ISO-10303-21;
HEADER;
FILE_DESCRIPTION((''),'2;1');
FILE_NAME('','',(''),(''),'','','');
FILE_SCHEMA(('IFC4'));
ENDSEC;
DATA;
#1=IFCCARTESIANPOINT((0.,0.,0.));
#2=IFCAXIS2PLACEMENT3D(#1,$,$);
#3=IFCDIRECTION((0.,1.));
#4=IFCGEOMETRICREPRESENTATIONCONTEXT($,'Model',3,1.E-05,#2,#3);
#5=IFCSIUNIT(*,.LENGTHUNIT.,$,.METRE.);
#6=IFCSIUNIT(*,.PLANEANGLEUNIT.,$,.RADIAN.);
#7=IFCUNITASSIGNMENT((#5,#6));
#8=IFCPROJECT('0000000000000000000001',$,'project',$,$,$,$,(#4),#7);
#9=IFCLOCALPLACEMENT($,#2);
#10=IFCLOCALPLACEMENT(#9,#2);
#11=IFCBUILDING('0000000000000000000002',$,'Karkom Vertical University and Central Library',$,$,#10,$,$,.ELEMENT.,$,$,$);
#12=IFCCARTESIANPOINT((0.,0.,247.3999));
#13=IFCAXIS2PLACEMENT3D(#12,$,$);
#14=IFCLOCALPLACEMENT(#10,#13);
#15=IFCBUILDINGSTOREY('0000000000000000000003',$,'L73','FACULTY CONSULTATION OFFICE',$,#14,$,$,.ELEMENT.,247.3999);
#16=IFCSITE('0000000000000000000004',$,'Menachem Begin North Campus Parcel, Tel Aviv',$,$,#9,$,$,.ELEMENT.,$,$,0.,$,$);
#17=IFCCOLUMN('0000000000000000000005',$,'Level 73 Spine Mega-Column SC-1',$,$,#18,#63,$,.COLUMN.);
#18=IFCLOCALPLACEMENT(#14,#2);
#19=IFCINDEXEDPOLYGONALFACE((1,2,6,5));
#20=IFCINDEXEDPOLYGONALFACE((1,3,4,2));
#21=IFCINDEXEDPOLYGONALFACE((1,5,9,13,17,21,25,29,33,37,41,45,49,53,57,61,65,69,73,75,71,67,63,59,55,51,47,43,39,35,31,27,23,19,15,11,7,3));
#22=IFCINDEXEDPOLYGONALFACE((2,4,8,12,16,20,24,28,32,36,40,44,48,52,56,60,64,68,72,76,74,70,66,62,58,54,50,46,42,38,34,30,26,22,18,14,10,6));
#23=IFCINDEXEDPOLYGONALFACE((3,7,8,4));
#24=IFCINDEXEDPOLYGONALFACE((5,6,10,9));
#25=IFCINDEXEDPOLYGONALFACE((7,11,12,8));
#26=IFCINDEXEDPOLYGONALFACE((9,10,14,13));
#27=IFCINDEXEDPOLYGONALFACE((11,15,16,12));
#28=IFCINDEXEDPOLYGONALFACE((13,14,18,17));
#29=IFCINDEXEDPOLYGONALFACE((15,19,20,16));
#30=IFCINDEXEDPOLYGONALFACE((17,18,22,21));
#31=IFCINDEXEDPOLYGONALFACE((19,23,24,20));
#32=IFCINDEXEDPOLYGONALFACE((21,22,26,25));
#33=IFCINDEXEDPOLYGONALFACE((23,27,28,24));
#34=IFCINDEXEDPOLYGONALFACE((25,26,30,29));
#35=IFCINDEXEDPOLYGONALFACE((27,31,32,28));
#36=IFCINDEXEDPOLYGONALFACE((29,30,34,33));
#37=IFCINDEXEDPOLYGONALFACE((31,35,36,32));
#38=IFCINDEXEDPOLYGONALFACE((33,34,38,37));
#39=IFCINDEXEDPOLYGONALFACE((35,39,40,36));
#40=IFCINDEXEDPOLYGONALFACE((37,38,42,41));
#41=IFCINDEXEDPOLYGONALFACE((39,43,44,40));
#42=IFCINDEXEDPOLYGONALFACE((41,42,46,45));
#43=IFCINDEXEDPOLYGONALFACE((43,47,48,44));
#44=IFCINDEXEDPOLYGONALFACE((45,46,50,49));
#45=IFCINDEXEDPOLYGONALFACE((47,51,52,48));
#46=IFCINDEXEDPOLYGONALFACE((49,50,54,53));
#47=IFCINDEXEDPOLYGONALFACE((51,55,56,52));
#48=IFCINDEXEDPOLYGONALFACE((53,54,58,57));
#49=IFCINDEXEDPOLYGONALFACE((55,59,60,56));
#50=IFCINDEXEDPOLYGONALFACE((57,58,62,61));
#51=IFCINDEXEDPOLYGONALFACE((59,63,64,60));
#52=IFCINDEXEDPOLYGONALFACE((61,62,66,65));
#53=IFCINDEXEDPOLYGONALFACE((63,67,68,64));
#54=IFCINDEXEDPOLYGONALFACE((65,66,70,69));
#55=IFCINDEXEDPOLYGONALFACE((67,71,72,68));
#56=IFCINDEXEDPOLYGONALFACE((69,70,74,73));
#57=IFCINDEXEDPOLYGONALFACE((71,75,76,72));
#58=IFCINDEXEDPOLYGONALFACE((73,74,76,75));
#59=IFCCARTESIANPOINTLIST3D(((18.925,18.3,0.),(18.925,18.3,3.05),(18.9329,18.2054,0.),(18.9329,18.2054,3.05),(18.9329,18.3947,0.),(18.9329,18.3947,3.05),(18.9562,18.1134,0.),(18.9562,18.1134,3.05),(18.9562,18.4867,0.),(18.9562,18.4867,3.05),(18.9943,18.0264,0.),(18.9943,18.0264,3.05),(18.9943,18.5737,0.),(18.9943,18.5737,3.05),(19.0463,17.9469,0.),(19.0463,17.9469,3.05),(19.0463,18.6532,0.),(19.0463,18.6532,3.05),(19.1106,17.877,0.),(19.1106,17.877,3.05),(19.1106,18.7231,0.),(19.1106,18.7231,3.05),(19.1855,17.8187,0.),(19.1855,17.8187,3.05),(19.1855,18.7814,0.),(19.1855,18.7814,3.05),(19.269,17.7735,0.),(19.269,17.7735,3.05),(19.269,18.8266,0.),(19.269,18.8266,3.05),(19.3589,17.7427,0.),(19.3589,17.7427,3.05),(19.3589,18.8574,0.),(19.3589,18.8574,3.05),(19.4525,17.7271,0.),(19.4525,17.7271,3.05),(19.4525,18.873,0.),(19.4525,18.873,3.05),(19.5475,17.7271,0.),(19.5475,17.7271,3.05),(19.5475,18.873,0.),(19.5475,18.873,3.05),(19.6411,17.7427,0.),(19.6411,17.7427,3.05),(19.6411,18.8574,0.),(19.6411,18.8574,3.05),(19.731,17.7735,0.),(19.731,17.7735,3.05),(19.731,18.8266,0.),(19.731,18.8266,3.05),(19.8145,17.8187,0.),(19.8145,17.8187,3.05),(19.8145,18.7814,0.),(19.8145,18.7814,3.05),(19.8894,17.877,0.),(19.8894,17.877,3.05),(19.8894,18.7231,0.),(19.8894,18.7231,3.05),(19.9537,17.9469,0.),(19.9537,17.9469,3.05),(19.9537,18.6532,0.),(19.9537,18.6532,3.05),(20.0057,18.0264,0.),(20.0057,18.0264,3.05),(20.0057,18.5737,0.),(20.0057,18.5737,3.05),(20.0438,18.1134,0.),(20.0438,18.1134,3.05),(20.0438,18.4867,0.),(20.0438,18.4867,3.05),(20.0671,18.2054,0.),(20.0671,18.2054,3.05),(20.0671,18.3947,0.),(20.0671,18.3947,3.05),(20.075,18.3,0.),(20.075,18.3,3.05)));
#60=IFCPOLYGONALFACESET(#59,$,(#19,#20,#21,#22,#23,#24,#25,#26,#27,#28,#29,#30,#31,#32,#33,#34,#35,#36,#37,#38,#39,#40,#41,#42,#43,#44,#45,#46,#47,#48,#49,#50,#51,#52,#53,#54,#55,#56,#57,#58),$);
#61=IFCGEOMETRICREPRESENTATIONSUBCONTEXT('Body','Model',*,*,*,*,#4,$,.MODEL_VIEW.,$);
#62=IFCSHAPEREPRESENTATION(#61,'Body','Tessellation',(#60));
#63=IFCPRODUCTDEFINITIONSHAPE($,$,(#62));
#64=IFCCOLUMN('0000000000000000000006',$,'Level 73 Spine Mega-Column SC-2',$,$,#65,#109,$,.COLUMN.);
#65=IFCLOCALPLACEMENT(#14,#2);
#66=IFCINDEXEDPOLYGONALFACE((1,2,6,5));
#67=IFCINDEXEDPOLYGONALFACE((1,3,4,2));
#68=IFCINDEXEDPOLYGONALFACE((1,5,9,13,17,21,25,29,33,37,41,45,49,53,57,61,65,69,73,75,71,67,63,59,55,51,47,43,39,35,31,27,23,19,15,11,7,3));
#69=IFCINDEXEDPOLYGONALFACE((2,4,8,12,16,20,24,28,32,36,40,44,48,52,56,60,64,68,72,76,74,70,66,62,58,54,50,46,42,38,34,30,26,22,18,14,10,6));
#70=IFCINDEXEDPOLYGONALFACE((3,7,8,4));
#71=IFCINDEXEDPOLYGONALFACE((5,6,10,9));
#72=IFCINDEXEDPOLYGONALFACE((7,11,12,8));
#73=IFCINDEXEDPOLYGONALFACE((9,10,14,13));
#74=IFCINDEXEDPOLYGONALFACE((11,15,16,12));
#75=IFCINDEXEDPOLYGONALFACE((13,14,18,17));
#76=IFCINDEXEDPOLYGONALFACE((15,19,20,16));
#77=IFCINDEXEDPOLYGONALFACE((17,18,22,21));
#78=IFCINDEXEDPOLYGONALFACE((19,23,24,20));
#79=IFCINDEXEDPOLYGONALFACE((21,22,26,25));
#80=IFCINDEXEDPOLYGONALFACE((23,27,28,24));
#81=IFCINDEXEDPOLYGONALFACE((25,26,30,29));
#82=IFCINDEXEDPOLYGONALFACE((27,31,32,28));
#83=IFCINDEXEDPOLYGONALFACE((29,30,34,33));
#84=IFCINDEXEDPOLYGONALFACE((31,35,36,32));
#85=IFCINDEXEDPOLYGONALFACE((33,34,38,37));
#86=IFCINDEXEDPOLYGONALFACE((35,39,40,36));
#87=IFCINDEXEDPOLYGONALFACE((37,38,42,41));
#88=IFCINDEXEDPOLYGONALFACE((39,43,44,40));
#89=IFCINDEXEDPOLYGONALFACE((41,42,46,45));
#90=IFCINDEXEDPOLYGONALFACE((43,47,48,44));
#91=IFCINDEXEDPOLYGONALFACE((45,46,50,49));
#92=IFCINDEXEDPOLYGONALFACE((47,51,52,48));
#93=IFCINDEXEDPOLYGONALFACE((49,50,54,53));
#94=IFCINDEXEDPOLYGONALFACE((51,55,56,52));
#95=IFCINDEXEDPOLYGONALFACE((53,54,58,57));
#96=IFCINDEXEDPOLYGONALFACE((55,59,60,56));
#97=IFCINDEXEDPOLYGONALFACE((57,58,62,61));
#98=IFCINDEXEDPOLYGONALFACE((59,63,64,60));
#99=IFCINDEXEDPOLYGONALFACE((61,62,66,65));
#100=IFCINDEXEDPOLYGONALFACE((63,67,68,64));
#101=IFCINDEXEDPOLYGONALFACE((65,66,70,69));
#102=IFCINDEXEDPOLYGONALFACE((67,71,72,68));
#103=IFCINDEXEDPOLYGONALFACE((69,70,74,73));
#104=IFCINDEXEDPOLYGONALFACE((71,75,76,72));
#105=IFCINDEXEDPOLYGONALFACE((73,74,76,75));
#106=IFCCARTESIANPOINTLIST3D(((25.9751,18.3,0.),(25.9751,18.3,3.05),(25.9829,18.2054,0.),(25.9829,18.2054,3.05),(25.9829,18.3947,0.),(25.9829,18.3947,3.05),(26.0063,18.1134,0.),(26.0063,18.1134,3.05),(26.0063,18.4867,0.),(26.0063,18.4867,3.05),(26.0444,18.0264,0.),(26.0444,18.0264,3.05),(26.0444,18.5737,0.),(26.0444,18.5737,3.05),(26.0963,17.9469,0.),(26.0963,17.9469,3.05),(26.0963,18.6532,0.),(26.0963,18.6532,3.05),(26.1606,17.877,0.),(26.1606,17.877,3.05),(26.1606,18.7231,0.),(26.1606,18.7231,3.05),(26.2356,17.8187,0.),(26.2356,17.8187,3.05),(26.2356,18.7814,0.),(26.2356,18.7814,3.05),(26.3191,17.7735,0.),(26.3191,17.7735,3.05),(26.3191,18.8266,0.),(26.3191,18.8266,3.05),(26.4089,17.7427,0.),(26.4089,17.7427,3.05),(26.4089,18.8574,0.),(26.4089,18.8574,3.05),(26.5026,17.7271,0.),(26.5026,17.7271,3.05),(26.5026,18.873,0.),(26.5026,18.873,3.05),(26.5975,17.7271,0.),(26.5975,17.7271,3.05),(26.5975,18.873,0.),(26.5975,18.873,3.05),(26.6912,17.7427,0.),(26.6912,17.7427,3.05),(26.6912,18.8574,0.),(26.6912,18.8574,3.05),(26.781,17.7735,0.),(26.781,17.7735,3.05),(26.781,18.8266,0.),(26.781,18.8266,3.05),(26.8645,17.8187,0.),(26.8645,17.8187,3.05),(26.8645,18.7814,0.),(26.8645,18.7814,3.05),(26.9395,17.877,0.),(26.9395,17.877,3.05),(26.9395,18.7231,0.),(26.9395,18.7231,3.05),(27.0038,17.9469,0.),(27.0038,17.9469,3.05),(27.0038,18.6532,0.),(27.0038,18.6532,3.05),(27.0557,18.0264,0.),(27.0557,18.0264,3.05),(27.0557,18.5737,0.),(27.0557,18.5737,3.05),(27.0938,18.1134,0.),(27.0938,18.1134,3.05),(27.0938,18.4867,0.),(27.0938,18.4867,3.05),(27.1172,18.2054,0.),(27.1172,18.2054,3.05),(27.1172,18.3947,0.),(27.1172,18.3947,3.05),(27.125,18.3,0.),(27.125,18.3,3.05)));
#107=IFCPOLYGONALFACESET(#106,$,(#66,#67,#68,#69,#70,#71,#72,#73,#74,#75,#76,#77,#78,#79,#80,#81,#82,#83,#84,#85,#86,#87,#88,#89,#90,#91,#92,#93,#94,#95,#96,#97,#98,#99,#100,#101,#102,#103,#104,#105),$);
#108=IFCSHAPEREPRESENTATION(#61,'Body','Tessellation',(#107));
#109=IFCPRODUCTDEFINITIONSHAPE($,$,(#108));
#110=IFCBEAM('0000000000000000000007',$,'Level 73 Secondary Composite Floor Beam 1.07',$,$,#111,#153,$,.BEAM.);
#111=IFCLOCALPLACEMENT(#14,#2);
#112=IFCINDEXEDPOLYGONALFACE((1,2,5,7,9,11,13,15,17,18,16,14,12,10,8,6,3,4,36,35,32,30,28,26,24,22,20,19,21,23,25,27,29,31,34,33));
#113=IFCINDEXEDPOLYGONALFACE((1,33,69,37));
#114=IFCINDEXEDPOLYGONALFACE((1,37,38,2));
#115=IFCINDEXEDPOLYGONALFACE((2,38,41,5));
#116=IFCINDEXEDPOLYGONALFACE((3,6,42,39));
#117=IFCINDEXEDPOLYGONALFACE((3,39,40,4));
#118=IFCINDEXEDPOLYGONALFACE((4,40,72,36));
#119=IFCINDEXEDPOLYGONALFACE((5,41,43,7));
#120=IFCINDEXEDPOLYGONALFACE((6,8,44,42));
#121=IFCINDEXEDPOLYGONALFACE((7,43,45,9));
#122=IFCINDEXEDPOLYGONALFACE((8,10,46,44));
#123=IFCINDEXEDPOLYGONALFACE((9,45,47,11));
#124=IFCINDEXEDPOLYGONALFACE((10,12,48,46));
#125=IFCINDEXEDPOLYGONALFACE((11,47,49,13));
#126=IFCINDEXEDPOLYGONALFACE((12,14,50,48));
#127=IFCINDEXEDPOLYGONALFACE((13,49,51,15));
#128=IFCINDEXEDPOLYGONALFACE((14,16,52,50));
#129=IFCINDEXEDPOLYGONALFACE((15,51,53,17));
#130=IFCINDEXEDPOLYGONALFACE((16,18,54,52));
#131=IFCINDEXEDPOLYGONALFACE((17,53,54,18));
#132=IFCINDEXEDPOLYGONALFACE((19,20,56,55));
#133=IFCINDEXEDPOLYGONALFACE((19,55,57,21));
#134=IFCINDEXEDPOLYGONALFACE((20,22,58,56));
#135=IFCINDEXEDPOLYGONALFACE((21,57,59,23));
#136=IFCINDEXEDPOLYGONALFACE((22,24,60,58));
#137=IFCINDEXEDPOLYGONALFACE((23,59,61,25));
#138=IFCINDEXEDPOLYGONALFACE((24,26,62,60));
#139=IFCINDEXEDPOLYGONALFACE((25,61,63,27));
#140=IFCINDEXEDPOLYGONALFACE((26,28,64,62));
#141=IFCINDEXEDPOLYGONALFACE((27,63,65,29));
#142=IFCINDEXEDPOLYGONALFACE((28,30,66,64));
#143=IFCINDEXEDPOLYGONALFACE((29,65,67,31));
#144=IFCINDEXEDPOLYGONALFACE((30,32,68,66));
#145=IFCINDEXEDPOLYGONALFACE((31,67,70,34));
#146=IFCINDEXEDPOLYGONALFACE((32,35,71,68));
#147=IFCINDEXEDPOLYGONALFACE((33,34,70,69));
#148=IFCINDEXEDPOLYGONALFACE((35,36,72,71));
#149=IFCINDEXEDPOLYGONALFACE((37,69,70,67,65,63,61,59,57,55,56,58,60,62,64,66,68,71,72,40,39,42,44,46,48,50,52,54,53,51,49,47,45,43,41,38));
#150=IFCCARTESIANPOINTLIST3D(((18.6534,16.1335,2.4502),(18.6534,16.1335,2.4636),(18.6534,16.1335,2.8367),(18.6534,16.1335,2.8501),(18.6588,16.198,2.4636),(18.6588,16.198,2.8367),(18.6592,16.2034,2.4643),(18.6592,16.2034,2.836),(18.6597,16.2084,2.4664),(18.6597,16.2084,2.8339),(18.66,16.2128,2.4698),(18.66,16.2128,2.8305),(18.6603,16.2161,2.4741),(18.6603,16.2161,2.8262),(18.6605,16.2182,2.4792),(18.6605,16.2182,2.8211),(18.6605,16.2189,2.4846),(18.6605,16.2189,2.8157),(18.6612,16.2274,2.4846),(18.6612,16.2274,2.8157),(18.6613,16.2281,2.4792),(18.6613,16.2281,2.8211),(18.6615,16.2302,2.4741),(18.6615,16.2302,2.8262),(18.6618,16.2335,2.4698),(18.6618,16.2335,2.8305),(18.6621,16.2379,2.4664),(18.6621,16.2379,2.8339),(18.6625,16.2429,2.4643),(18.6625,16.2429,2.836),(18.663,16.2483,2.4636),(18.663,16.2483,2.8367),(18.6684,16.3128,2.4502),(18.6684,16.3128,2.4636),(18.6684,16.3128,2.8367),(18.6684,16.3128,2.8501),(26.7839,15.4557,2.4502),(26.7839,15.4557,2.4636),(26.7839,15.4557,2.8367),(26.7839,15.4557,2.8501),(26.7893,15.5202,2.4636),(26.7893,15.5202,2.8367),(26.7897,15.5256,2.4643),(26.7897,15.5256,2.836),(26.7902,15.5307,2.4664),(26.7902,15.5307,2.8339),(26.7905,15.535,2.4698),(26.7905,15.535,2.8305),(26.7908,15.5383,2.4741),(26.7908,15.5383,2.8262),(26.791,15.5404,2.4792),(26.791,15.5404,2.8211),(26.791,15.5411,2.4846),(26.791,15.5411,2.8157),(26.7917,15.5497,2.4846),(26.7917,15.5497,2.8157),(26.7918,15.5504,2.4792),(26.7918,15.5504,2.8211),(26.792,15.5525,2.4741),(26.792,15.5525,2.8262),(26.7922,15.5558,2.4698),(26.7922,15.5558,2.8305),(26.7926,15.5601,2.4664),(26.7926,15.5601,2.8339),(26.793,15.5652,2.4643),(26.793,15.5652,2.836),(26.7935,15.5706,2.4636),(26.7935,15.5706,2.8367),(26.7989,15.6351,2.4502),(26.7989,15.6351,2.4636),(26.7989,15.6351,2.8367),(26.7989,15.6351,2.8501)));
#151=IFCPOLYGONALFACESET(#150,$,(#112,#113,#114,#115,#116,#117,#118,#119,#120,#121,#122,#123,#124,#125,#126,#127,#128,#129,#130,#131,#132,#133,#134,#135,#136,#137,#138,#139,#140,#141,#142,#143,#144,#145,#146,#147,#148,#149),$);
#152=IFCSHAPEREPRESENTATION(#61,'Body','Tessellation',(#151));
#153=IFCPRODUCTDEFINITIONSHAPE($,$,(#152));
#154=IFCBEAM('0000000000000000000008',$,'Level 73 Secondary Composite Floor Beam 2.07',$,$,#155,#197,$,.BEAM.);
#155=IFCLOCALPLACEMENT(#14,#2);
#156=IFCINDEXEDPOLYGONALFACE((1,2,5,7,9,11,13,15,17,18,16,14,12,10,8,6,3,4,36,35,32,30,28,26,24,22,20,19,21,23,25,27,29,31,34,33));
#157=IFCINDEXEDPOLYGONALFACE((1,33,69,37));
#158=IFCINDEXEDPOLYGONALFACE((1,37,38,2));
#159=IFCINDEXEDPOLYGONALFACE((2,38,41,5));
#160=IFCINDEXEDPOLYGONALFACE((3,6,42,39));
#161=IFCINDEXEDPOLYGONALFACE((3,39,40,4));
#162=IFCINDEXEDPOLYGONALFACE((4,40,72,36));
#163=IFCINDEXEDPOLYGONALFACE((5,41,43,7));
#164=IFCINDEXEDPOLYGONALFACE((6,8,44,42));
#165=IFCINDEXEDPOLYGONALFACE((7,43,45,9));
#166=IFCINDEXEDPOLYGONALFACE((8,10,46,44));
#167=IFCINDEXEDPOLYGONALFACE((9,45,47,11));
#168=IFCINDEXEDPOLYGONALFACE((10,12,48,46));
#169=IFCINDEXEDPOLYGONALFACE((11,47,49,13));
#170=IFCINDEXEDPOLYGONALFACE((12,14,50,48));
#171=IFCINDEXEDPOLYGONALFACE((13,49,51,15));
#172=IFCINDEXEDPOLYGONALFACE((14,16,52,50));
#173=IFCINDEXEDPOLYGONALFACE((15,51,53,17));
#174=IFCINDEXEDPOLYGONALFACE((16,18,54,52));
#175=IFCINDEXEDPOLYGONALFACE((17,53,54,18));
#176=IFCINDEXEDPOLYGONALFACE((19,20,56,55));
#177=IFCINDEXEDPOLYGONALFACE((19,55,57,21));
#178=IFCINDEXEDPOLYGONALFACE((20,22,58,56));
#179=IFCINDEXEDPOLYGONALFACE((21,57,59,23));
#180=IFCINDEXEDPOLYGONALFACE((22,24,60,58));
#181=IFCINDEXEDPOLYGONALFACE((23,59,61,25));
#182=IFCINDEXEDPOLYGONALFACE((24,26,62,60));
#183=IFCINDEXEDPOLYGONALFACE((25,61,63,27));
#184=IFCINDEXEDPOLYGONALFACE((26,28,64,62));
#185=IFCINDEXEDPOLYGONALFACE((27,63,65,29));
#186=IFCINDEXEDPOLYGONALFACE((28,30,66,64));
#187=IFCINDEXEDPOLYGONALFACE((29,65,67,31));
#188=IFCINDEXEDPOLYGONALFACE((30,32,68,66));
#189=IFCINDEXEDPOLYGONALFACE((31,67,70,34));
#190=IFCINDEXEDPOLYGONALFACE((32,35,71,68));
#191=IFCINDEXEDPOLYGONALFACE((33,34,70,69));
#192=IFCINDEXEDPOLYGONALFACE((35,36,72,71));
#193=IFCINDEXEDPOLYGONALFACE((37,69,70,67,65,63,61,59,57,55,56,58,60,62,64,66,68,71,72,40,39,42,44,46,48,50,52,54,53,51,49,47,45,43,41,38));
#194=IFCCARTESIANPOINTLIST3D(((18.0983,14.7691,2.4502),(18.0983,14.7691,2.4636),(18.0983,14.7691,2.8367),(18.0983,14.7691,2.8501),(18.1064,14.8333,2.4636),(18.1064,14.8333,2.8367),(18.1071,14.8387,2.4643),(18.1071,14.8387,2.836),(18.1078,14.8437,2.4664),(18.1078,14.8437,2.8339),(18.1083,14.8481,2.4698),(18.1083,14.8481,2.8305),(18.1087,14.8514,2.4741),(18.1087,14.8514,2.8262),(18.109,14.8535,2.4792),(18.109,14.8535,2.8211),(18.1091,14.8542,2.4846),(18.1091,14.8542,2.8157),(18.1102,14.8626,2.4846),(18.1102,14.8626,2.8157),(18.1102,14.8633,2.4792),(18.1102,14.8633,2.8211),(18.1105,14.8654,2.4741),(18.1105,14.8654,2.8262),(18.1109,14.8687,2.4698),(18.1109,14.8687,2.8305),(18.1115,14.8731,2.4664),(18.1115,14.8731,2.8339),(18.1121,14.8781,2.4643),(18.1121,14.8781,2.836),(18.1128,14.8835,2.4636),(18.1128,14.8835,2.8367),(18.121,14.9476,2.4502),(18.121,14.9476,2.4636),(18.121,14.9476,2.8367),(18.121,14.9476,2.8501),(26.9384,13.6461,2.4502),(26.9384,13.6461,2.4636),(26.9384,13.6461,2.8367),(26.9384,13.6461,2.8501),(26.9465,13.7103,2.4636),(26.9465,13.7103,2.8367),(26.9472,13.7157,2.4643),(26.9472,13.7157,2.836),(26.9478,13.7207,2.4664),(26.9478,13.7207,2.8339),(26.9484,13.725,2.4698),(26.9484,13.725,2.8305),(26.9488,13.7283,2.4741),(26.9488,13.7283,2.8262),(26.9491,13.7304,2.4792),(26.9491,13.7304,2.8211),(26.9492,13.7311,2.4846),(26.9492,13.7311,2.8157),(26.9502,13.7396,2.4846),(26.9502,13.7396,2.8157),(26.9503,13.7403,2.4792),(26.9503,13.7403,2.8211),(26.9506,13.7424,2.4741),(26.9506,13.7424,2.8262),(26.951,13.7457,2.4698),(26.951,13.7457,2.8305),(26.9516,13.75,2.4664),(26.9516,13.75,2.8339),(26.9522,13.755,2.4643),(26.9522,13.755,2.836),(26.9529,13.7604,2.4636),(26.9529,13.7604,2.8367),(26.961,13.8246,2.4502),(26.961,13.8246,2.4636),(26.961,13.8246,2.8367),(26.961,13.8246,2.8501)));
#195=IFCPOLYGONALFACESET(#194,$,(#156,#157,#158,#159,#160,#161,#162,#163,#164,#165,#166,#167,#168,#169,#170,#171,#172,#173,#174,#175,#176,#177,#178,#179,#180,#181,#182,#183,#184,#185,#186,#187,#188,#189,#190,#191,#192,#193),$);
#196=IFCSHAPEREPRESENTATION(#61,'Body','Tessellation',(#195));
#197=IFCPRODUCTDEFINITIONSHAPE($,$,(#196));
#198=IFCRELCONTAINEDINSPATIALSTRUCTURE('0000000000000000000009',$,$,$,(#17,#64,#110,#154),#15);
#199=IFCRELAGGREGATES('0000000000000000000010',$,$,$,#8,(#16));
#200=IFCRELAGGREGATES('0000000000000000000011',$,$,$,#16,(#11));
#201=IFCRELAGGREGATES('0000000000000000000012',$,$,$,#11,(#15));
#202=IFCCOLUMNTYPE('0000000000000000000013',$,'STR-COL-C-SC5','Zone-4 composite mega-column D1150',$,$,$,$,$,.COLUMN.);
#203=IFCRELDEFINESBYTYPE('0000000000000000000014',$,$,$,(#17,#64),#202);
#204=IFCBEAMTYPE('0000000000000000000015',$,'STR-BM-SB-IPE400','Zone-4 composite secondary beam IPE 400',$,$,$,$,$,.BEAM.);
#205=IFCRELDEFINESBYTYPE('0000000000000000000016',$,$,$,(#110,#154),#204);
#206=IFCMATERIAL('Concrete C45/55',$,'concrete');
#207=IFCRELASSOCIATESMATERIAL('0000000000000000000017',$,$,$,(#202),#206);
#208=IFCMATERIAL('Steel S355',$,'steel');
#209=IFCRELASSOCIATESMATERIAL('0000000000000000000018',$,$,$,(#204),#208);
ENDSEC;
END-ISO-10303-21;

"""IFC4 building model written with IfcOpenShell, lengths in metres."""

from ifc_helpers import new_model, si_unit, direction, frame, origin, origin_with_axes, origin_2d, place, context, subcontext, project, spatial, circle, i_section, extrude, source, transform, mapped, material, material_profile, profile_set, type_object, element, save


model = new_model("IFC4")

# Units and contexts
model_context = context("Model", 3, precision=1e-05, world=origin(), true_north=direction((0.0, 1.0)))
body_context = subcontext(model_context, "Body", "Model", "MODEL_VIEW")
ifc_project = project(units=[si_unit("LENGTHUNIT", "METRE"), si_unit("PLANEANGLEUNIT", "RADIAN")], contexts=[model_context])

# Site, building, storey
site_placement = place(None, origin())
site = spatial("IfcSite", under=ifc_project, at=site_placement, Name="Menachem Begin North Campus Parcel, Tel Aviv", CompositionType="ELEMENT", RefElevation=0.0)
building_placement = place(site_placement, origin())
building = spatial("IfcBuilding", under=site, at=building_placement, Name="Karkom Vertical University and Central Library", CompositionType="ELEMENT")
storey_placement = place(building_placement, frame((0.0, 0.0, 247.3999)))
storey = spatial("IfcBuildingStorey", under=building, at=storey_placement, Name="L73", Description="FACULTY CONSULTATION OFFICE", CompositionType="ELEMENT", Elevation=247.3999)

# Columns
ifc_material_1 = material(Name="Concrete C45/55", Category="concrete")
ifc_material_profile_1 = material_profile(ifc_material_1, circle(Radius=0.575, at=origin_2d()), Name="CFT-D1150")
ifc_profile_set_1 = profile_set([ifc_material_profile_1], Name="Concrete C45/55")
column_type = type_object("IfcColumnType", Name="STR-COL-C-SC5", Description="Zone-4 composite mega-column D1150", PredefinedType="COLUMN", material=ifc_profile_set_1)
shared_shape_1 = source(origin_with_axes(), body_context, "Body", "SweptSolid", [
    extrude(circle(Radius=0.575, at=origin_2d()), origin(), (0.0, 0.0, 1.0), 3.05),
])
for number, where, z_axis, x_axis, name in (
    (1, (19.5, 18.3, 0.0), (0.0, 0.0, 1.0), (1.0, 0.0, 0.0), "Level 73 Spine Mega-Column SC-1"),
    (2, (26.55, 18.3, 0.0), (0.0, 0.0, 1.0), (1.0, 0.0, 0.0), "Level 73 Spine Mega-Column SC-2"),
):
    element("IfcColumn", number, at=place(storey_placement, frame(where, z_axis=z_axis, x_axis=x_axis)), inside=storey, type_object=column_type, Name=name, PredefinedType="COLUMN", context=body_context, shape_type="MappedRepresentation", body=[
        mapped(shared_shape_1, transform((0.0, 0.0, 0.0), scale=1.0)),
    ])

# Beams
ifc_material_2 = material(Name="Steel S355", Category="steel")
ifc_material_profile_2 = material_profile(ifc_material_2, i_section(OverallWidth=0.1799, OverallDepth=0.3999, WebThickness=0.0085, FlangeThickness=0.0134, FilletRadius=0.021, at=origin_2d()), Name="IPE 400")
ifc_profile_set_2 = profile_set([ifc_material_profile_2], Name="Steel S355")
beam_type_1 = type_object("IfcBeamType", Name="STR-BM-SB-IPE400", Description="Zone-4 composite secondary beam IPE 400", PredefinedType="BEAM", material=ifc_profile_set_2)
shared_shape_2 = source(origin_with_axes(), body_context, "Body", "SweptSolid", [
    extrude(i_section(OverallWidth=0.1799, OverallDepth=0.3999, WebThickness=0.0085, FlangeThickness=0.0134, FilletRadius=0.021, at=origin_2d()), origin(), (0.0, 0.0, 1.0), 8.1587),
])
beam_1_placement = place(storey_placement, frame((18.6609, 16.2231, 2.6501), z_axis=(0.996544, -0.08307, 0.0), x_axis=(0.08307, 0.996544, 0.0)))
element("IfcBeam", 3, at=beam_1_placement, inside=storey, type_object=beam_type_1, Name="Level 73 Secondary Composite Floor Beam 1.07", PredefinedType="BEAM", context=body_context, shape_type="MappedRepresentation", body=[
    mapped(shared_shape_2, transform((0.0, 0.0, 0.0), scale=1.0)),
])
shared_shape_3 = source(origin_with_axes(), body_context, "Body", "SweptSolid", [
    extrude(i_section(OverallWidth=0.1799, OverallDepth=0.3999, WebThickness=0.0085, FlangeThickness=0.0134, FilletRadius=0.021, at=origin_2d()), origin(), (0.0, 0.0, 1.0), 8.9111),
])
beam_2_placement = place(storey_placement, frame((18.1096, 14.8584, 2.6501), z_axis=(0.992027, -0.126027, 0.0), x_axis=(0.126027, 0.992027, 0.0)))
element("IfcBeam", 4, at=beam_2_placement, inside=storey, type_object=beam_type_1, Name="Level 73 Secondary Composite Floor Beam 2.07", PredefinedType="BEAM", context=body_context, shape_type="MappedRepresentation", body=[
    mapped(shared_shape_3, transform((0.0, 0.0, 0.0), scale=1.0)),
])

save(model, "model.ifc")
